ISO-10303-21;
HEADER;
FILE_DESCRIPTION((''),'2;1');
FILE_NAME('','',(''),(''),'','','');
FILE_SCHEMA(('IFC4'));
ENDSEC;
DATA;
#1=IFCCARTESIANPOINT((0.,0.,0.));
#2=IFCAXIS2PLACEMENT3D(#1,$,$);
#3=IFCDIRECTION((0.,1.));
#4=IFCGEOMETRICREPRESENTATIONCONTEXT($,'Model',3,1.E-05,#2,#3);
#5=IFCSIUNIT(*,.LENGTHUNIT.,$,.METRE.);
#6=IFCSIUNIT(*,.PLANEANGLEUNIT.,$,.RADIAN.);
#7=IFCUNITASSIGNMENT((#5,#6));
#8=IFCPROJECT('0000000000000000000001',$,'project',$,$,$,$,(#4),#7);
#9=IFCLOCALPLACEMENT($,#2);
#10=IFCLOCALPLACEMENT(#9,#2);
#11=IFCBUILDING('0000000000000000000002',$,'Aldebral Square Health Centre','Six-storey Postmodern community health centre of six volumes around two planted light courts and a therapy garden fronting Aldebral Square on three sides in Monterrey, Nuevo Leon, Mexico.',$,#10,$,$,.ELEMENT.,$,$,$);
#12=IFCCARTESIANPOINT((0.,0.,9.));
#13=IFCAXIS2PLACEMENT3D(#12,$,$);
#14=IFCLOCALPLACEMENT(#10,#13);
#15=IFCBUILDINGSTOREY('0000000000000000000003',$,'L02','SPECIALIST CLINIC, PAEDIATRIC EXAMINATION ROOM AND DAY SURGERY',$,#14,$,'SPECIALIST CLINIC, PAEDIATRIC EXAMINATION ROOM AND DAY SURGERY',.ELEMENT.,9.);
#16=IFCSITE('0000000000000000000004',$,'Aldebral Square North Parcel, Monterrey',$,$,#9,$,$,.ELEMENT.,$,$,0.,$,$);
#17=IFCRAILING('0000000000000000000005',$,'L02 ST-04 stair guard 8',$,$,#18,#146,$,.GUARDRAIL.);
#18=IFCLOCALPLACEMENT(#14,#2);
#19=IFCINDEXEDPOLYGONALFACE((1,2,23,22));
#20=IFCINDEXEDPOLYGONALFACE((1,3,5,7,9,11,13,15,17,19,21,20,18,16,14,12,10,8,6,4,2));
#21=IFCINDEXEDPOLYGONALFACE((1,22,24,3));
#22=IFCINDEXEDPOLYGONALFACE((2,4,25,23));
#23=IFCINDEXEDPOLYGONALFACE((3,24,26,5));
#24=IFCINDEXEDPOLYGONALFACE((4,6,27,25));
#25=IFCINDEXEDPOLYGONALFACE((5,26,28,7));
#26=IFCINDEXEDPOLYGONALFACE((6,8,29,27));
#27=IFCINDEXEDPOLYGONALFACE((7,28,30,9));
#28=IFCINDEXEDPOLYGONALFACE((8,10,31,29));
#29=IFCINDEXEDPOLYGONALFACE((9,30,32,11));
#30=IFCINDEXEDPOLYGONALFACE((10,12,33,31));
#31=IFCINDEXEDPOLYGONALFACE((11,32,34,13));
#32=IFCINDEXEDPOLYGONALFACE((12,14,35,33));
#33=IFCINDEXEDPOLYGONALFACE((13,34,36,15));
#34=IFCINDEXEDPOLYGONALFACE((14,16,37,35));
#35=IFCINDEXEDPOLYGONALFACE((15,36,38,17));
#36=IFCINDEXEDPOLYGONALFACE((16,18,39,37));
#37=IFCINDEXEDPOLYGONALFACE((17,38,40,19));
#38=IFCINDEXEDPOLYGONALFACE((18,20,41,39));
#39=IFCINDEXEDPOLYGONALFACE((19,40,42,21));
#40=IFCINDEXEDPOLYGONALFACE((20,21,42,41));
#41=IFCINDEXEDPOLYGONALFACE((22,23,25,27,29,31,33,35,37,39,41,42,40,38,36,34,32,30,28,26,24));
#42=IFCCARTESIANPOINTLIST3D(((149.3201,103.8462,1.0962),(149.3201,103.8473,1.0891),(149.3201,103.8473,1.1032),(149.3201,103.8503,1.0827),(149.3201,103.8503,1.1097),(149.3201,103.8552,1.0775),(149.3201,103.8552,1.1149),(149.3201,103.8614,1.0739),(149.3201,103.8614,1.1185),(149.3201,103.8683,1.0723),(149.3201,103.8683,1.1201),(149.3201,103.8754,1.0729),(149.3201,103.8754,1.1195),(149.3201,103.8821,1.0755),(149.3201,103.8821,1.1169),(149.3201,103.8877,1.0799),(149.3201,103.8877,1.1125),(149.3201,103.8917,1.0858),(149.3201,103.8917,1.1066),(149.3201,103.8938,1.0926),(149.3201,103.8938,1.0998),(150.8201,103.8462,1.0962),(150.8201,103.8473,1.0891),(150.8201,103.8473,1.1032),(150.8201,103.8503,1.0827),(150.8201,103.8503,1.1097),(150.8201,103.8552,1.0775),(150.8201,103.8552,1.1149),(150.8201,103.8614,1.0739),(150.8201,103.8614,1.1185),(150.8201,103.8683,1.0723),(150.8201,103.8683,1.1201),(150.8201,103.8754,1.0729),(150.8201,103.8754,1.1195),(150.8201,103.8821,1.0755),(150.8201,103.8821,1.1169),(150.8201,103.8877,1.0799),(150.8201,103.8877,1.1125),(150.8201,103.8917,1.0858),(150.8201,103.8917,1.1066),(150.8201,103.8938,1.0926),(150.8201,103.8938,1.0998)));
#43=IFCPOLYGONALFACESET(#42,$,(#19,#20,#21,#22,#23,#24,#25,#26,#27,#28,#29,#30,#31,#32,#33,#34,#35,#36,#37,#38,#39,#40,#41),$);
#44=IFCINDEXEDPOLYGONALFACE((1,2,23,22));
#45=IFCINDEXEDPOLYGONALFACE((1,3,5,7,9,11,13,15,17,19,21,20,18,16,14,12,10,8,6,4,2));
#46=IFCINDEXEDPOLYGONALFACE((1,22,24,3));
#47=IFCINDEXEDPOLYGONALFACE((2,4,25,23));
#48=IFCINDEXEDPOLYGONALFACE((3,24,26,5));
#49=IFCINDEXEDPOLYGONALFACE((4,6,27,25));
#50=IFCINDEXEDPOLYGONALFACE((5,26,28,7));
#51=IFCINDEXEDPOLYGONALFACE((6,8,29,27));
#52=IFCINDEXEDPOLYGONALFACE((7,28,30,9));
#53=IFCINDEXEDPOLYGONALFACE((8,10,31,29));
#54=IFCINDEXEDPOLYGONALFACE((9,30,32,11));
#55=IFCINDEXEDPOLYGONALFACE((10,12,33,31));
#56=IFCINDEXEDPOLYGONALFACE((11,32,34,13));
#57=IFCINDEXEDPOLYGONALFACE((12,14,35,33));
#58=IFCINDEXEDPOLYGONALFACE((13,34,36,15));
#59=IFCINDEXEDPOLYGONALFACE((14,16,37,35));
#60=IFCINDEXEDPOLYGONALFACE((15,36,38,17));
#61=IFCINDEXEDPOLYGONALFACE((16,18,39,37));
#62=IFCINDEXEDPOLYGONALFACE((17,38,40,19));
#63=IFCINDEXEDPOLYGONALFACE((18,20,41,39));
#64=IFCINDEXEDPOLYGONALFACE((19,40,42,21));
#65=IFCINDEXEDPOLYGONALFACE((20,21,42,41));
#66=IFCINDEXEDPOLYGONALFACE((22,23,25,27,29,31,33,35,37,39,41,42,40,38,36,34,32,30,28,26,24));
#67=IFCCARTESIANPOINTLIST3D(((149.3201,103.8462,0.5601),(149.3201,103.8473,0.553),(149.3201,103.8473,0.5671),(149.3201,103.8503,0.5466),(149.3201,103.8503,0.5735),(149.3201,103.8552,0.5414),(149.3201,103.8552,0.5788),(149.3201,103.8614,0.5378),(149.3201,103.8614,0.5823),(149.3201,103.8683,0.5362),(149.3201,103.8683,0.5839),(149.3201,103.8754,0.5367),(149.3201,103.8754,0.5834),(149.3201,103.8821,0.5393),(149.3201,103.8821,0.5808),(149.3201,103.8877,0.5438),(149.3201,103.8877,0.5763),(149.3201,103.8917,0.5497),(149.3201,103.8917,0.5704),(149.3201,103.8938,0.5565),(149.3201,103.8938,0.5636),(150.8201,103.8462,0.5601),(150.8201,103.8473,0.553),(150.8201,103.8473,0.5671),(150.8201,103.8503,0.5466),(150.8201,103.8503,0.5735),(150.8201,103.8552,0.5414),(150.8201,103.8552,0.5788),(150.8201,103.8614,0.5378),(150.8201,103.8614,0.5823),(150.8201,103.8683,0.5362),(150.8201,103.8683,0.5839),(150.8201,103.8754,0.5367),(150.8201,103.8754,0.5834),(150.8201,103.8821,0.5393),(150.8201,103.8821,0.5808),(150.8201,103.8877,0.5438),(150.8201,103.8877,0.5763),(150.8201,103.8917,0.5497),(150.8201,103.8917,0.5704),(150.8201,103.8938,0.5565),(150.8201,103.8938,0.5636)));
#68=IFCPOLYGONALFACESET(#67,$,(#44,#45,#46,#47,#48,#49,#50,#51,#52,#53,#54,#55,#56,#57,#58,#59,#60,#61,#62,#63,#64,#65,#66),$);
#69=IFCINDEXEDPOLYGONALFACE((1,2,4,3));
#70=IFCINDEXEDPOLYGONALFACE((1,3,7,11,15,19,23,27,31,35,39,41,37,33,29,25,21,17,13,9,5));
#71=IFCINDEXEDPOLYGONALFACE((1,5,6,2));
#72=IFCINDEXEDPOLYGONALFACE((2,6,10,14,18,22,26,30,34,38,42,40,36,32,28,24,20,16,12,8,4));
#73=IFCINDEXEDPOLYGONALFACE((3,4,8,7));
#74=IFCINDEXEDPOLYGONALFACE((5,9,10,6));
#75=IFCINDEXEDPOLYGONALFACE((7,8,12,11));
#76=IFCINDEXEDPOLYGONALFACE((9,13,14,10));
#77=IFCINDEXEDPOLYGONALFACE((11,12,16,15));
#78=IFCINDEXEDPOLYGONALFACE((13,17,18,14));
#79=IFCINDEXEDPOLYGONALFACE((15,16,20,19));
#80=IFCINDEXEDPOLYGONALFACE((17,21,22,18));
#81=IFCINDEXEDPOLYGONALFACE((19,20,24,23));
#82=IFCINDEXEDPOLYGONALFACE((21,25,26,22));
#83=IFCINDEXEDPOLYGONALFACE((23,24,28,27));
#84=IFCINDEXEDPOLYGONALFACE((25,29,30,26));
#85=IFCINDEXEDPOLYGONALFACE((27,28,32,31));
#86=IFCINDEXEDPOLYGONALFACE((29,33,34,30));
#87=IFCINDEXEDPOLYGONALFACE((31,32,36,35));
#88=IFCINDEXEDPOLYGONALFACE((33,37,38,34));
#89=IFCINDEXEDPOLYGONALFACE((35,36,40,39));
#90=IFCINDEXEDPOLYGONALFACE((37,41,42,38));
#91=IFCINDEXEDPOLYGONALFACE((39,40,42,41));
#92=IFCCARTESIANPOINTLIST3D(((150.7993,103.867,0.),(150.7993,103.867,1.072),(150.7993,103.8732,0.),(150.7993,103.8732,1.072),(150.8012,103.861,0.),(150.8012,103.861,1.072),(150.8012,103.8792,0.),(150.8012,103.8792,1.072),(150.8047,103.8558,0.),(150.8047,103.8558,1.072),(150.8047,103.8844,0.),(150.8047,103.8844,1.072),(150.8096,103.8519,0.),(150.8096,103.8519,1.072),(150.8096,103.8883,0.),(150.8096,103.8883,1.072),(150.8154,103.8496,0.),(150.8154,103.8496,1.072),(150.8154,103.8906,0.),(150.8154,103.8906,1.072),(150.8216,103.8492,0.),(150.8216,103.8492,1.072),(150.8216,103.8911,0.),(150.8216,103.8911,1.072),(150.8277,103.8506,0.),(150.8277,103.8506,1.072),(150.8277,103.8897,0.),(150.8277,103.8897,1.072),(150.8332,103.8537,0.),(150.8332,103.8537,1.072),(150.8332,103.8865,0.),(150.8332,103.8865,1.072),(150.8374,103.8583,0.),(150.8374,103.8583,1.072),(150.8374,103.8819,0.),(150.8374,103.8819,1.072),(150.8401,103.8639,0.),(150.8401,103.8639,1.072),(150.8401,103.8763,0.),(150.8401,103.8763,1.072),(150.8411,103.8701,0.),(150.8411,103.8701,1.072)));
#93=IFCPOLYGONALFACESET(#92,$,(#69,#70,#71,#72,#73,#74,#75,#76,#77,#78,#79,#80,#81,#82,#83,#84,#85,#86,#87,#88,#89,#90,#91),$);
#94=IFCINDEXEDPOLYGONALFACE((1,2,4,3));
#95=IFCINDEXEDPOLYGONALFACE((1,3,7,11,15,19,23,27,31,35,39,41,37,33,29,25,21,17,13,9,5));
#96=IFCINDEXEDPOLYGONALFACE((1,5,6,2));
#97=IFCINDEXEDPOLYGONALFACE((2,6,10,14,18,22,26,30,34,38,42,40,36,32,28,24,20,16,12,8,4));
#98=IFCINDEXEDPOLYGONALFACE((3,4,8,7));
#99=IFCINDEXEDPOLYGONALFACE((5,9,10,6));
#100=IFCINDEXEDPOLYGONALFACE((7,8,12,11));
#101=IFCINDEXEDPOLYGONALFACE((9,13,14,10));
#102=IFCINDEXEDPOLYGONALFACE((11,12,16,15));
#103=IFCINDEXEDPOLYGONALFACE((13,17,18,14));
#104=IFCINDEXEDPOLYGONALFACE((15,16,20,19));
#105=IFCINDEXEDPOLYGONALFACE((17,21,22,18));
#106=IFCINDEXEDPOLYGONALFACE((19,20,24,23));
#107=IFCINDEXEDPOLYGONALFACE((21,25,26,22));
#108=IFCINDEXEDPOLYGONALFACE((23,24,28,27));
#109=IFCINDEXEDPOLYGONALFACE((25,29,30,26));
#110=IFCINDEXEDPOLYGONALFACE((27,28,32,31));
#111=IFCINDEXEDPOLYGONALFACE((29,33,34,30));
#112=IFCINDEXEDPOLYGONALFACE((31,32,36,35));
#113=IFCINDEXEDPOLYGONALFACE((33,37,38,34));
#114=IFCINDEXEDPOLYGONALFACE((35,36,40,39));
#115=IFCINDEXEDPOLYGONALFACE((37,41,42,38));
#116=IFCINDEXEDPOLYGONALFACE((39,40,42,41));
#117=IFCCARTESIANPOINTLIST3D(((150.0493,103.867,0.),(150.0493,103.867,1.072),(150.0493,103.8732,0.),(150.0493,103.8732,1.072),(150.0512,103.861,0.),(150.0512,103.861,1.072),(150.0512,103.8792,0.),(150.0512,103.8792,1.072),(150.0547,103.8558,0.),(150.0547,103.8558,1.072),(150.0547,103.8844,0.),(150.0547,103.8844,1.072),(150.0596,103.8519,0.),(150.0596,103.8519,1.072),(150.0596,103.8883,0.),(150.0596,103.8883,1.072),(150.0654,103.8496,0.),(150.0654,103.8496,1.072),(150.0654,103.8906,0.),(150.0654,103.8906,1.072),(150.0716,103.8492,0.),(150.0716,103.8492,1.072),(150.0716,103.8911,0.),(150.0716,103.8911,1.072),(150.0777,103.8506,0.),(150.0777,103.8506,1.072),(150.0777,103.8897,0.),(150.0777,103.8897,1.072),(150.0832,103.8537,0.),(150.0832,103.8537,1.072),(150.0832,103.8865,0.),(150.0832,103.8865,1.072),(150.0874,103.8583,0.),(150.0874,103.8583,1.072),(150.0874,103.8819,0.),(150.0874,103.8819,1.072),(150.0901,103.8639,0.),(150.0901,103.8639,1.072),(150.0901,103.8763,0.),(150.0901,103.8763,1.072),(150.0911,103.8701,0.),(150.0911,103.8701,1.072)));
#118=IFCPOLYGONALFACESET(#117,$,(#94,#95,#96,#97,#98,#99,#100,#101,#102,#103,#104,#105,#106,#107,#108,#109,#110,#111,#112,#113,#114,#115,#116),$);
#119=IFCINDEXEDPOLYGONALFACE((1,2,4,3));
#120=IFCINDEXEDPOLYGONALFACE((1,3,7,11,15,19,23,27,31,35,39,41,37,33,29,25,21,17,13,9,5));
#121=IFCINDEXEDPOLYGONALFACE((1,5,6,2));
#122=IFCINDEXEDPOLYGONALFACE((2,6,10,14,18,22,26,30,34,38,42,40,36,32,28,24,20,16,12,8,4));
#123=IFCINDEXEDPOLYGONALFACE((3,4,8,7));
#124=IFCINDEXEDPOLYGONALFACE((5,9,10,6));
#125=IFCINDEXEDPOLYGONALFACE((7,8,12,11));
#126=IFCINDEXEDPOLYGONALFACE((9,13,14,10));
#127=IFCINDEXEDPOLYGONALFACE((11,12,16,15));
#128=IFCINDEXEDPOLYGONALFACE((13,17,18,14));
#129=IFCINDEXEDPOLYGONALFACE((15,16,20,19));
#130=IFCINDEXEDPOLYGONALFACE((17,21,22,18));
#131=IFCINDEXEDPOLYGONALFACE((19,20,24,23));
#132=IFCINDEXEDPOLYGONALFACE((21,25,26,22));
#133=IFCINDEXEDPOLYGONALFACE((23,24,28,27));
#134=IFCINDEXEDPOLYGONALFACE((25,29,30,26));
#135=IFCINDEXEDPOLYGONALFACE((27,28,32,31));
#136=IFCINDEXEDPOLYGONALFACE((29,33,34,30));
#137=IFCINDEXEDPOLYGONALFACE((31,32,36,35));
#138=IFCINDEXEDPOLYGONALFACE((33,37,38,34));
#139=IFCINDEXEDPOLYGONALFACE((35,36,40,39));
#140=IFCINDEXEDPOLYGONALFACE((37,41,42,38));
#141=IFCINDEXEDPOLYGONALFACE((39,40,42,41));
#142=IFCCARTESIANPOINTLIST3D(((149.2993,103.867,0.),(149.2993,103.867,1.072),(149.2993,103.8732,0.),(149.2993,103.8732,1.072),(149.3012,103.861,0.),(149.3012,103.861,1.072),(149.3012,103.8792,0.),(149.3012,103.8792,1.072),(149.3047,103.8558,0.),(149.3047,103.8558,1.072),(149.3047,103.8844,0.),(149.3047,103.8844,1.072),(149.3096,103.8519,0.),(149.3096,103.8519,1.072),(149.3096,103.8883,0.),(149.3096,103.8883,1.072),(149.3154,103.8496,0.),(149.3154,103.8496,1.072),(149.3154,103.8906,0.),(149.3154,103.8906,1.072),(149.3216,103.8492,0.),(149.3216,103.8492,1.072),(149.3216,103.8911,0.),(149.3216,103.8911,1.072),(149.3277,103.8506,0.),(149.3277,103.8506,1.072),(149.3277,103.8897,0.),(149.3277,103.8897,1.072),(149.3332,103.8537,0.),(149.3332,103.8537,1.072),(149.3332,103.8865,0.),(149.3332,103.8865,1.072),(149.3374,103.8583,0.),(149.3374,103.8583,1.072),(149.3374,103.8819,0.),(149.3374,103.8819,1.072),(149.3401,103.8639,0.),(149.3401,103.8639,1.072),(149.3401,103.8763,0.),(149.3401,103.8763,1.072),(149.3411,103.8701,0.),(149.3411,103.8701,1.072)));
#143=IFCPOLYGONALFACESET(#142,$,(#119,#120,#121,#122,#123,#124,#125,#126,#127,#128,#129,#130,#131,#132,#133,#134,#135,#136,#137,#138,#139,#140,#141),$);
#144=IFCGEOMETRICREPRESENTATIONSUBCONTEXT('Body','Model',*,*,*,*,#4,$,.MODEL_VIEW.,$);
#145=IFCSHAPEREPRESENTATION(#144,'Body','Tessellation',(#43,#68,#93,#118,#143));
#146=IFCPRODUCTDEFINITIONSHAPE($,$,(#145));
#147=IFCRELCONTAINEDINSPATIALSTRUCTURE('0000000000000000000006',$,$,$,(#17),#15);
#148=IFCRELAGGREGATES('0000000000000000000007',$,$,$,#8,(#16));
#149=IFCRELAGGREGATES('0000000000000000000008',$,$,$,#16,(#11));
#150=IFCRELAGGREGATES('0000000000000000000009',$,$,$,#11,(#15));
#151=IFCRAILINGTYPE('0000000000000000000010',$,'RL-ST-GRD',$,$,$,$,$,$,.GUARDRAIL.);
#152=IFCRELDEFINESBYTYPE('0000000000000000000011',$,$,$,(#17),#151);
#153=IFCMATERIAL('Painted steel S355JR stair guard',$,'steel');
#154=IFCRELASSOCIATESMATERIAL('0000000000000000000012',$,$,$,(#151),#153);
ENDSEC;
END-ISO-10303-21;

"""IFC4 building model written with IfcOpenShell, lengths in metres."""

from ifc_helpers import new_model, si_unit, direction, frame, origin, origin_2d, place, context, subcontext, project, spatial, circle, extrude, material, type_object, element, save


model = new_model("IFC4")

# Units and contexts
model_context = context("Model", 3, precision=1e-05, world=origin(), true_north=direction((0.0, 1.0)))
body_context = subcontext(model_context, "Body", "Model", "MODEL_VIEW")
ifc_project = project(units=[si_unit("LENGTHUNIT", "METRE"), si_unit("PLANEANGLEUNIT", "RADIAN")], contexts=[model_context])

# Site, building, storey
site_placement = place(None, origin())
site = spatial("IfcSite", under=ifc_project, at=site_placement, Name="Aldebral Square North Parcel, Monterrey", CompositionType="ELEMENT", RefElevation=0.0)
building_placement = place(site_placement, origin())
building = spatial("IfcBuilding", under=site, at=building_placement, Name="Aldebral Square Health Centre", Description="Six-storey Postmodern community health centre of six volumes around two planted light courts and a therapy garden fronting Aldebral Square on three sides in Monterrey, Nuevo Leon, Mexico.", CompositionType="ELEMENT")
storey_placement = place(building_placement, frame((0.0, 0.0, 9.0)))
storey = spatial("IfcBuildingStorey", under=building, at=storey_placement, Name="L02", Description="SPECIALIST CLINIC, PAEDIATRIC EXAMINATION ROOM AND DAY SURGERY", LongName="SPECIALIST CLINIC, PAEDIATRIC EXAMINATION ROOM AND DAY SURGERY", CompositionType="ELEMENT", Elevation=9.0)

# Railing
ifc_material_1 = material(Name="Painted steel S355JR stair guard", Category="steel")
railing_type_1 = type_object("IfcRailingType", Name="RL-ST-GRD", PredefinedType="GUARDRAIL", material=ifc_material_1)
railing_1_placement = place(storey_placement, frame((150.8201, 103.8701, 0.0)))
element("IfcRailing", 1, at=railing_1_placement, inside=storey, type_object=railing_type_1, Name="L02 ST-04 stair guard 8", PredefinedType="GUARDRAIL", context=body_context, shape_type="SweptSolid", body=[
    extrude(circle(Radius=0.0239, at=origin_2d()), frame((0.0, 0.0, 1.0962), z_axis=(-1.0, 0.0, 0.0), x_axis=(0.0, -1.0, 0.0)), (0.0, 0.0, 1.0), 1.5),
    extrude(circle(Radius=0.0239, at=origin_2d()), frame((0.0, 0.0, 0.5601), z_axis=(-1.0, 0.0, 0.0), x_axis=(0.0, -1.0, 0.0)), (0.0, 0.0, 1.0), 1.5),
    extrude(circle(Radius=0.021, at=origin_2d()), origin(), (0.0, 0.0, 1.0), 1.072),
    extrude(circle(Radius=0.021, at=origin_2d()), frame((-0.75, 0.0, 0.0)), (0.0, 0.0, 1.0), 1.072),
    extrude(circle(Radius=0.021, at=origin_2d()), frame((-1.5, 0.0, 0.0)), (0.0, 0.0, 1.0), 1.072),
])

save(model, "model.ifc")
